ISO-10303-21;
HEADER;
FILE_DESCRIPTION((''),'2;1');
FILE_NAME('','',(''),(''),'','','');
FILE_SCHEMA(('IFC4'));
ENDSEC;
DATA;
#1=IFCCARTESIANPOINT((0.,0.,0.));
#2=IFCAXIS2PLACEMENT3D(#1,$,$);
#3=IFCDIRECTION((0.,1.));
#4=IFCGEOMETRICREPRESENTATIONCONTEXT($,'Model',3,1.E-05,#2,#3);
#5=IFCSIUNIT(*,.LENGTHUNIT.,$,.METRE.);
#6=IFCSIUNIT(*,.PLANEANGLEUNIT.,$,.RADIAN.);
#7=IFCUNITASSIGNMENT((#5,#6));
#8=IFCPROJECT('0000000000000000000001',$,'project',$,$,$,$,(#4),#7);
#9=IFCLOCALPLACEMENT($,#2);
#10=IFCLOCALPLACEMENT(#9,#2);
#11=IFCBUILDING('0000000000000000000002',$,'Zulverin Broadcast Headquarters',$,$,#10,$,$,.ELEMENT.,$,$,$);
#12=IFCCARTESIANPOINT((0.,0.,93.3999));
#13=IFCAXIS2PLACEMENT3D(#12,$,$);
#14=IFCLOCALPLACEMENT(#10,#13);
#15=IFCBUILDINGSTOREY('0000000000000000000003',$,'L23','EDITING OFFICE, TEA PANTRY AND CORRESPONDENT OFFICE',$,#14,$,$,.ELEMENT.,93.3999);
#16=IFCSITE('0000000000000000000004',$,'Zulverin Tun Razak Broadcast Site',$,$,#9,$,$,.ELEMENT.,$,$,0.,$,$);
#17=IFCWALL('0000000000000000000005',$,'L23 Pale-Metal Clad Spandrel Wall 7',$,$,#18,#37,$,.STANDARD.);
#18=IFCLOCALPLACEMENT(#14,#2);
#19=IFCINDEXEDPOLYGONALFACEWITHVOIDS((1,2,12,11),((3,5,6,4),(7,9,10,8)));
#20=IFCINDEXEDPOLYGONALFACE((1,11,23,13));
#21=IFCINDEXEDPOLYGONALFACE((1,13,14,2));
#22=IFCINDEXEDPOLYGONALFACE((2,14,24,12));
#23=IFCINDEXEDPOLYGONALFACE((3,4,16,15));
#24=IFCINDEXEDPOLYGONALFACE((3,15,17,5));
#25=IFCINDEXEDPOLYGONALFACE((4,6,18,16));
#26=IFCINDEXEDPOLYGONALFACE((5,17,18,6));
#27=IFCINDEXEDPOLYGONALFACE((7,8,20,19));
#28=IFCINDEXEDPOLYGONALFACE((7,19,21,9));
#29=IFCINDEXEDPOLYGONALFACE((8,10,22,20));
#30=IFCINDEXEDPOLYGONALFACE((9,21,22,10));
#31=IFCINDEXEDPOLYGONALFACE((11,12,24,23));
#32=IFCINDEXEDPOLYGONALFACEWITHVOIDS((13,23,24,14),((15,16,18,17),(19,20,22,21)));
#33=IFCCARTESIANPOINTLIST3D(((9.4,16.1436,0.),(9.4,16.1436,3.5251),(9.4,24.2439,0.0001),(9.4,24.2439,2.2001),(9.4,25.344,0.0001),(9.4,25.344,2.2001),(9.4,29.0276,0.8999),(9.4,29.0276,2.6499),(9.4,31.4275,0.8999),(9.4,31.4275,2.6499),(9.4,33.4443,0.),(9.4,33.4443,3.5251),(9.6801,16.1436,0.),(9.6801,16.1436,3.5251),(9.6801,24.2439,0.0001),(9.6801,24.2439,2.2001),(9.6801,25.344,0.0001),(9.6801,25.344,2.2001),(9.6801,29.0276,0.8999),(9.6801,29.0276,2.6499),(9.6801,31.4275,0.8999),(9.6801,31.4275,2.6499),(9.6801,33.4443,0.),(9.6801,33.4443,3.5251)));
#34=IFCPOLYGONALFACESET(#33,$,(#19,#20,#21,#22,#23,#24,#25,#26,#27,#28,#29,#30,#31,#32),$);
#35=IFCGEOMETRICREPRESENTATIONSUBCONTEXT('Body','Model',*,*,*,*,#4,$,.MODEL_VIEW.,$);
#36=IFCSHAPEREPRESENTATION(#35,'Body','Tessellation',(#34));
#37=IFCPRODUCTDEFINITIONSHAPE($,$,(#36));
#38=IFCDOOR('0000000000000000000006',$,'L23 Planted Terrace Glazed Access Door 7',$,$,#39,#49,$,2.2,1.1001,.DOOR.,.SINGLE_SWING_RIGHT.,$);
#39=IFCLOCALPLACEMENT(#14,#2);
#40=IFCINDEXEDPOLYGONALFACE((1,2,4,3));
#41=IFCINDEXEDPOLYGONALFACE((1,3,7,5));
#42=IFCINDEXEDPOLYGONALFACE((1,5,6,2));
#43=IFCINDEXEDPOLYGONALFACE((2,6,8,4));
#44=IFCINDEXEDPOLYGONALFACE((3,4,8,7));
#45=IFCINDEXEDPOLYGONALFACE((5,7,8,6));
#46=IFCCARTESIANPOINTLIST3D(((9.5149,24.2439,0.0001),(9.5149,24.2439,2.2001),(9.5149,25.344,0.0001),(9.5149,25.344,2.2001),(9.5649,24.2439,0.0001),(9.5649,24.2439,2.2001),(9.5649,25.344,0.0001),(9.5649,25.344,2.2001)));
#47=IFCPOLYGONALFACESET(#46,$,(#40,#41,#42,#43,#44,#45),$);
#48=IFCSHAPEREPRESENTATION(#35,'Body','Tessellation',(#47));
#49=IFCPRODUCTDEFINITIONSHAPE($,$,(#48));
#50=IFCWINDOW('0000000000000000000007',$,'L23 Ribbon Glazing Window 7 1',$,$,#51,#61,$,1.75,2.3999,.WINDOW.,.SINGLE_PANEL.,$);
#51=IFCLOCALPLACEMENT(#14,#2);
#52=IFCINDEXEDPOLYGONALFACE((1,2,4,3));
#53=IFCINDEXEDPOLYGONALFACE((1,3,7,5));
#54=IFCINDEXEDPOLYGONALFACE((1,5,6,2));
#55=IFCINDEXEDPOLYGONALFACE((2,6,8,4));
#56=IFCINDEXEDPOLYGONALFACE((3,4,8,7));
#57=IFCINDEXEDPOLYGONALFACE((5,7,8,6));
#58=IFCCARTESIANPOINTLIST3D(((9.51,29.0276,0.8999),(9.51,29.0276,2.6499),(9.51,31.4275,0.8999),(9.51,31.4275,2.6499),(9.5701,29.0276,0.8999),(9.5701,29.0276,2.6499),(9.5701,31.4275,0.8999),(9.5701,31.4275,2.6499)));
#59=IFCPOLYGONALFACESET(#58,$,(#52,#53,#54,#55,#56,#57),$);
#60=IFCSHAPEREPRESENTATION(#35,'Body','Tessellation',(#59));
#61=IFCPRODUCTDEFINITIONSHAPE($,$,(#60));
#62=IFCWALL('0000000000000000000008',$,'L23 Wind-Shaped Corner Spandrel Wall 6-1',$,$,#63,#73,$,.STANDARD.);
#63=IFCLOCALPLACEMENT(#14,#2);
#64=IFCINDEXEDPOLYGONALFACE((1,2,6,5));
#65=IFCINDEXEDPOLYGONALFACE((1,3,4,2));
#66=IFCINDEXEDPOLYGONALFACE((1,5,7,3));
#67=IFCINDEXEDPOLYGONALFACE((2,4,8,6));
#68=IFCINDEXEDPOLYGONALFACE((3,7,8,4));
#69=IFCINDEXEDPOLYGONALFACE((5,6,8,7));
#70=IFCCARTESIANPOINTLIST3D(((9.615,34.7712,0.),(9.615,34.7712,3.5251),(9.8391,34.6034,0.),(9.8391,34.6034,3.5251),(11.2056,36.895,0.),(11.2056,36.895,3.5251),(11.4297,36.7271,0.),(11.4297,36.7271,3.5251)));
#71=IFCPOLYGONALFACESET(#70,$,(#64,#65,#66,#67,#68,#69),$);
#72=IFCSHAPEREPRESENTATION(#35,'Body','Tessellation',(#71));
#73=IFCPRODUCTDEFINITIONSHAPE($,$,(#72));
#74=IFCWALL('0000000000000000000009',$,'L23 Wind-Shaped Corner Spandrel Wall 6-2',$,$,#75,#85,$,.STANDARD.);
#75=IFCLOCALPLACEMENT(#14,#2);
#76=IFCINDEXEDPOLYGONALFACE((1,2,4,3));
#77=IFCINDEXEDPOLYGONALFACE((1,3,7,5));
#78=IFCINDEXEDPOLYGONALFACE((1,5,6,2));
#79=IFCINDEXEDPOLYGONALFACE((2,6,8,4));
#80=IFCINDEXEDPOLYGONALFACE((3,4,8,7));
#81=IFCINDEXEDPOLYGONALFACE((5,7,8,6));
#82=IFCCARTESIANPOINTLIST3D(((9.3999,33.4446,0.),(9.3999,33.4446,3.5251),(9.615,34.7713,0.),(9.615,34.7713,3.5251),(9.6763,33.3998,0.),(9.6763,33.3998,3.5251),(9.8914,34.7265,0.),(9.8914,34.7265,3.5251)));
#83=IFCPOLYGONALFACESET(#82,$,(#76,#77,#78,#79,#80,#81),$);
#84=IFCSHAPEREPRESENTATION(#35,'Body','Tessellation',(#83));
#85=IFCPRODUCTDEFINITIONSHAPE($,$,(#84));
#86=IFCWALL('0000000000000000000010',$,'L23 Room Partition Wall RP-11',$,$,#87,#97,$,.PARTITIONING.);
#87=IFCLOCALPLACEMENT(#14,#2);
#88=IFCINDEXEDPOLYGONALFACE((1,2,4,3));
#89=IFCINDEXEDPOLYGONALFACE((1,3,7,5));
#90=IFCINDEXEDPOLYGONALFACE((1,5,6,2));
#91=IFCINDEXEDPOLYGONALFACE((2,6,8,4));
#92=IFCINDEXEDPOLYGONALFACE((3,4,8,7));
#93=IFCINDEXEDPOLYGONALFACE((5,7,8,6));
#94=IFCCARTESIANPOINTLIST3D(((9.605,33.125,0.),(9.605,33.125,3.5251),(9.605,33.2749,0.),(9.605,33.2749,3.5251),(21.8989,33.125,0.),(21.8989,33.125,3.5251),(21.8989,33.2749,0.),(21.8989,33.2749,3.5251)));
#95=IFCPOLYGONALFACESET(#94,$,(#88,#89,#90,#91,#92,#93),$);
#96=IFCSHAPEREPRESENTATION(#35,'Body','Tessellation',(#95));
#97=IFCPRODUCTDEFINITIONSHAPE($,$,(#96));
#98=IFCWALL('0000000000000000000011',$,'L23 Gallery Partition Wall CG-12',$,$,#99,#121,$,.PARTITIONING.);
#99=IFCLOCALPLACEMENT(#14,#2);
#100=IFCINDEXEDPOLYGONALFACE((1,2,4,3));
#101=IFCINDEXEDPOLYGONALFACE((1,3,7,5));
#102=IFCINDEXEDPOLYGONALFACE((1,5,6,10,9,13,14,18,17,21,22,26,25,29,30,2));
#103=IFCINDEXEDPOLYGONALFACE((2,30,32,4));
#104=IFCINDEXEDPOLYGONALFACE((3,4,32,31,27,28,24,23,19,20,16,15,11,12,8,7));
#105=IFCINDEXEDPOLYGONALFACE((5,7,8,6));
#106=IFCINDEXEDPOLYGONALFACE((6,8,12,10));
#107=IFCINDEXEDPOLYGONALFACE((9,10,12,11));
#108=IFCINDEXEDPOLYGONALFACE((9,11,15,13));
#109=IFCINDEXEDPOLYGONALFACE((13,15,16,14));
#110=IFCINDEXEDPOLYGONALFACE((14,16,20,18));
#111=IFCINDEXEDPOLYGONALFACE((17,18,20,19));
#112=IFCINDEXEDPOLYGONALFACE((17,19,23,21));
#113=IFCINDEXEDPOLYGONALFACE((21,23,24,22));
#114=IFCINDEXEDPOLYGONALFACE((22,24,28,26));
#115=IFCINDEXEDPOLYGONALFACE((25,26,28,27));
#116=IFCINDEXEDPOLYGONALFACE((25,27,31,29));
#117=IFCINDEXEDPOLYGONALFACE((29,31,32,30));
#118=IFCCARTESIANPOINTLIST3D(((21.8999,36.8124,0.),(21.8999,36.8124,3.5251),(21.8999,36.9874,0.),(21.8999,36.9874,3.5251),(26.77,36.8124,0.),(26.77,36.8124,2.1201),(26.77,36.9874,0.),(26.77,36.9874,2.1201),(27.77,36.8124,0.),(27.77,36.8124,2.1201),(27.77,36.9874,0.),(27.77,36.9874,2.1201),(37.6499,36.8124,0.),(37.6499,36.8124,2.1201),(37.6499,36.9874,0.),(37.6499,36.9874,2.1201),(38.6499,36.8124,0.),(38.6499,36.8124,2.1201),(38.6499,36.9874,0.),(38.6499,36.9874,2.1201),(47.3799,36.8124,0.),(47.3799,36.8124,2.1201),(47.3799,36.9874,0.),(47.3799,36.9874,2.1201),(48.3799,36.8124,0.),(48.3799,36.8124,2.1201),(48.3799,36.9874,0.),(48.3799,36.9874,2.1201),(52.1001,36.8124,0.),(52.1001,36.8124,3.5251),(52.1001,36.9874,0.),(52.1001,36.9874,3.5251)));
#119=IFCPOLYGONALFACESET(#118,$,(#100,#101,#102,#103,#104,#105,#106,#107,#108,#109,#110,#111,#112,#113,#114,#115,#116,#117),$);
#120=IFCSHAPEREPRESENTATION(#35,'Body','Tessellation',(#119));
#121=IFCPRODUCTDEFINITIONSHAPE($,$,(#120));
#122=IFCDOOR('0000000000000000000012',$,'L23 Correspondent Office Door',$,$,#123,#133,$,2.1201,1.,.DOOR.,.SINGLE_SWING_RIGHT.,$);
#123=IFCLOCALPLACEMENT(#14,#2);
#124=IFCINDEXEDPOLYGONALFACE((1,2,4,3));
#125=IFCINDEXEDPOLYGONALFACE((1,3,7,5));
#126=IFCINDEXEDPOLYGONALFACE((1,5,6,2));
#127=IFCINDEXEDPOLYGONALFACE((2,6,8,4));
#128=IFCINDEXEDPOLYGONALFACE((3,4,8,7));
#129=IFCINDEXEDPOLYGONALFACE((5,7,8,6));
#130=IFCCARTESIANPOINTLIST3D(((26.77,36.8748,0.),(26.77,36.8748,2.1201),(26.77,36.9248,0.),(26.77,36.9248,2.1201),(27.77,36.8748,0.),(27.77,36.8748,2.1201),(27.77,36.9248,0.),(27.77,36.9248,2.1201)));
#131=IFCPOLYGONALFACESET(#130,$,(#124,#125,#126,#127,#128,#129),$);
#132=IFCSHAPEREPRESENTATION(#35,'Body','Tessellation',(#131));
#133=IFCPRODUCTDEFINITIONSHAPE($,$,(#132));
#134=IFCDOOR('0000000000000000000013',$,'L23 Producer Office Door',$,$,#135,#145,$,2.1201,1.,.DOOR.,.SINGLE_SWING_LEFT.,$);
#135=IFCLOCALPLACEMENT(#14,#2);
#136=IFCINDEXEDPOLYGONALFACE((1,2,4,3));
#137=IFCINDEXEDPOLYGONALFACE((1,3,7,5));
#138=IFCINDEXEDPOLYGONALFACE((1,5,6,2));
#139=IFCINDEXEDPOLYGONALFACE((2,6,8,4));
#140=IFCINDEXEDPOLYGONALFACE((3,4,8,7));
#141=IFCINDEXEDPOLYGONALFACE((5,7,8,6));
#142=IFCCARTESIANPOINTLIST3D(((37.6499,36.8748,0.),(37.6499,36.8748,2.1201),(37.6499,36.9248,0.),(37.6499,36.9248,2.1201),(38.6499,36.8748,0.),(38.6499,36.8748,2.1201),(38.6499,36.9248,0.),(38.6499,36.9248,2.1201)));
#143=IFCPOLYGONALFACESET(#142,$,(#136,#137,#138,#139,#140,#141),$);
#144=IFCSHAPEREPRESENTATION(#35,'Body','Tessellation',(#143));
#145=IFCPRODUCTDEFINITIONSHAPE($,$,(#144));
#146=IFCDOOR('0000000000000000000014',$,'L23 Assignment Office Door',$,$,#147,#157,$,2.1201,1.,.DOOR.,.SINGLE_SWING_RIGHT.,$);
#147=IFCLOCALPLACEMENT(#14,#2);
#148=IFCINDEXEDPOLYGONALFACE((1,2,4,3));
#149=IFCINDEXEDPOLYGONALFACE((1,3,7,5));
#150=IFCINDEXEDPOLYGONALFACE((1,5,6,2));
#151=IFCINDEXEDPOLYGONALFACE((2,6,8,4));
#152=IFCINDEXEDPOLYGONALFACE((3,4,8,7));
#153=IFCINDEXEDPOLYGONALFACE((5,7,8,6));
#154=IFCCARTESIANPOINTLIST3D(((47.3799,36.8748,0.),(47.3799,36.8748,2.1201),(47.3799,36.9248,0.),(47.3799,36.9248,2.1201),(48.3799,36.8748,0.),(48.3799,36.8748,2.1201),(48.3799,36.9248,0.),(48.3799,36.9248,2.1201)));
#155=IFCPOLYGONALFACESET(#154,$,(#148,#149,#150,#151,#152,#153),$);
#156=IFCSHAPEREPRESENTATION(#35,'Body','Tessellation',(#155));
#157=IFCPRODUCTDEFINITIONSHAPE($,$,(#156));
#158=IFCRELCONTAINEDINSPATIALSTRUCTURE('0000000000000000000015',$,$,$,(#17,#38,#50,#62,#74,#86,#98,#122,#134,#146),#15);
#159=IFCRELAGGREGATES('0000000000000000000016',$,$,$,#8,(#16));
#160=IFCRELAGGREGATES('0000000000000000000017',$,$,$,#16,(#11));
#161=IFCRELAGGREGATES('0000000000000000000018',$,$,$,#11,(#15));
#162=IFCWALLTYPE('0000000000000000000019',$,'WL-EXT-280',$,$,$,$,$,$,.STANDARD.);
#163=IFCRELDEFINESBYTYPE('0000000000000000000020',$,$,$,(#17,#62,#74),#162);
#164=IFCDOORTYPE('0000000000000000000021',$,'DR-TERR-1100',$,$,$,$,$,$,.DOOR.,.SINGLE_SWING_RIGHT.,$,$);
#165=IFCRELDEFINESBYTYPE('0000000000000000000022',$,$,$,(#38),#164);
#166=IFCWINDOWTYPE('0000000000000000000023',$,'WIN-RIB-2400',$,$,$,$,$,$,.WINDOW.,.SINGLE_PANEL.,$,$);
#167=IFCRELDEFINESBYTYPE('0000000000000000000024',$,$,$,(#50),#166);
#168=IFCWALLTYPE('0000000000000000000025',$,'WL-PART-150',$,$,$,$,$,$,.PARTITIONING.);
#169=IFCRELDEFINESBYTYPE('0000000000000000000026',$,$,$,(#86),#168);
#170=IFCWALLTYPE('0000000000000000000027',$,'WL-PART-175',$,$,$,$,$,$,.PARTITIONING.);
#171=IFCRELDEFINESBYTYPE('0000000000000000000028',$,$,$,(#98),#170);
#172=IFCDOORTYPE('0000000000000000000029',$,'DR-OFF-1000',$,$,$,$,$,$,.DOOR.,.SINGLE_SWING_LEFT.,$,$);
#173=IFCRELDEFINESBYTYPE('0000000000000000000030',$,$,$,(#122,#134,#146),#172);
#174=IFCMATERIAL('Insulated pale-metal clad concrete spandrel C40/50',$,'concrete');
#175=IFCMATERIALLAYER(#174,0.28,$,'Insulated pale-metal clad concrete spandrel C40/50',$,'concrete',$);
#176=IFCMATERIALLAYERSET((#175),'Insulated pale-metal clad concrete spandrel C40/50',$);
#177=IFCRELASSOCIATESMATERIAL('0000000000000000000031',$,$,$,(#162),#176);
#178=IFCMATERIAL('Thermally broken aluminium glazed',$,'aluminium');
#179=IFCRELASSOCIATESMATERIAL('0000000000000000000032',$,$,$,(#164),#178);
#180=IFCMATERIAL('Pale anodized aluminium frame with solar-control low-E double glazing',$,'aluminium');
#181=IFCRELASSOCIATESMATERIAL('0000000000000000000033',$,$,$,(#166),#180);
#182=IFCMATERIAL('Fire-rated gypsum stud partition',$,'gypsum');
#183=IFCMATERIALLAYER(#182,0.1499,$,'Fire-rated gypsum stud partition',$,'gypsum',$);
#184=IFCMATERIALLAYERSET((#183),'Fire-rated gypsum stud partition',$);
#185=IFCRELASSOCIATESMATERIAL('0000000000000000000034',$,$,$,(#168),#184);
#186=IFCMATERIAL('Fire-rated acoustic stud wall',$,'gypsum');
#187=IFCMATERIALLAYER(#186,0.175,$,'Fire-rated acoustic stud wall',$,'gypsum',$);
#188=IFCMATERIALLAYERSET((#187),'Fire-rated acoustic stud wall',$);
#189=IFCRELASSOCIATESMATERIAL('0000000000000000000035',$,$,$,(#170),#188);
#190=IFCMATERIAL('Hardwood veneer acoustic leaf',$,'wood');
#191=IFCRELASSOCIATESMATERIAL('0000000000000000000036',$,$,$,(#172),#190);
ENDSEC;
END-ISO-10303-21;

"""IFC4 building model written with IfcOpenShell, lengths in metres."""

from ifc_helpers import new_model, si_unit, direction, frame, frame_2d, origin, place, context, subcontext, project, spatial, rectangle, extrude, material, layer, layer_set, type_object, element, fill, save


model = new_model("IFC4")

# Units and contexts
model_context = context("Model", 3, precision=1e-05, world=origin(), true_north=direction((0.0, 1.0)))
body_context = subcontext(model_context, "Body", "Model", "MODEL_VIEW")
ifc_project = project(units=[si_unit("LENGTHUNIT", "METRE"), si_unit("PLANEANGLEUNIT", "RADIAN")], contexts=[model_context])

# Site, building, storey
site_placement = place(None, origin())
site = spatial("IfcSite", under=ifc_project, at=site_placement, Name="Zulverin Tun Razak Broadcast Site", CompositionType="ELEMENT", RefElevation=0.0)
building_placement = place(site_placement, origin())
building = spatial("IfcBuilding", under=site, at=building_placement, Name="Zulverin Broadcast Headquarters", CompositionType="ELEMENT")
storey_placement = place(building_placement, frame((0.0, 0.0, 93.3999)))
storey = spatial("IfcBuildingStorey", under=building, at=storey_placement, Name="L23", Description="EDITING OFFICE, TEA PANTRY AND CORRESPONDENT OFFICE", CompositionType="ELEMENT", Elevation=93.3999)

# Wall, openings, door, window
ifc_material_1 = material(Name="Insulated pale-metal clad concrete spandrel C40/50", Category="concrete")
ifc_layer_1 = layer(ifc_material_1, 0.28, Name="Insulated pale-metal clad concrete spandrel C40/50", Category="concrete")
ifc_layer_set_1 = layer_set([ifc_layer_1], Name="Insulated pale-metal clad concrete spandrel C40/50")
wall_type_1 = type_object("IfcWallType", Name="WL-EXT-280", PredefinedType="STANDARD", material=ifc_layer_set_1)
wall_1_placement = place(storey_placement, frame((9.54, 33.4443, 0.0), z_axis=(0.0, 0.0, 1.0), x_axis=(0.0, -1.0, 0.0)))
wall_1 = element("IfcWall", 1, at=wall_1_placement, inside=storey, type_object=wall_type_1, Name="L23 Pale-Metal Clad Spandrel Wall 7", PredefinedType="STANDARD", context=body_context, shape_type="SweptSolid", body=[
    extrude(rectangle(XDim=17.3008, YDim=0.28, at=frame_2d((8.6504, 0.0))), origin(), (0.0, 0.0, 1.0), 3.5251),
])
opening_1_placement = place(wall_1_placement, frame((8.1003, 0.0, 0.0)))
opening_1 = element("IfcOpeningElement", 2, at=opening_1_placement, cuts=wall_1, PredefinedType="OPENING", context=body_context, shape_type="SweptSolid", body=[
    extrude(rectangle(XDim=1.1001, YDim=2.2, at=frame_2d((0.55, 1.1001))), frame((0.0, 0.1499, 0.0), z_axis=(0.0, -1.0, 0.0), x_axis=(1.0, 0.0, 0.0)), (0.0, 0.0, 1.0), 0.3),
])
opening_2_placement = place(wall_1_placement, frame((2.0168, 0.0, 0.8999)))
opening_2 = element("IfcOpeningElement", 3, at=opening_2_placement, cuts=wall_1, PredefinedType="OPENING", context=body_context, shape_type="SweptSolid", body=[
    extrude(rectangle(XDim=2.3999, YDim=1.75, at=frame_2d((1.2, 0.875))), frame((0.0, 0.1499, 0.0), z_axis=(0.0, -1.0, 0.0), x_axis=(1.0, 0.0, 0.0)), (0.0, 0.0, 1.0), 0.3),
])
ifc_material_2 = material(Name="Thermally broken aluminium glazed", Category="aluminium")
door_type_1 = type_object("IfcDoorType", Name="DR-TERR-1100", OperationType="SINGLE_SWING_RIGHT", PredefinedType="DOOR", material=ifc_material_2)
door_1_placement = place(opening_1_placement, origin())
door_1 = element("IfcDoor", 4, at=door_1_placement, inside=storey, type_object=door_type_1, Name="L23 Planted Terrace Glazed Access Door 7", OperationType="SINGLE_SWING_RIGHT", OverallHeight=2.2, OverallWidth=1.1001, PredefinedType="DOOR", context=body_context, shape_type="SweptSolid", body=[
    extrude(rectangle(XDim=1.1001, YDim=2.2, at=frame_2d((0.55, 1.1001))), frame((0.0, 0.0249, 0.0), z_axis=(0.0, -1.0, 0.0), x_axis=(1.0, 0.0, 0.0)), (0.0, 0.0, 1.0), 0.05),
])
fill(opening_1, door_1)
ifc_material_3 = material(Name="Pale anodized aluminium frame with solar-control low-E double glazing", Category="aluminium")
window_type = type_object("IfcWindowType", Name="WIN-RIB-2400", PartitioningType="SINGLE_PANEL", PredefinedType="WINDOW", material=ifc_material_3)
window_placement = place(opening_2_placement, origin())
window = element("IfcWindow", 5, at=window_placement, inside=storey, type_object=window_type, Name="L23 Ribbon Glazing Window 7 1", OverallHeight=1.75, OverallWidth=2.3999, PartitioningType="SINGLE_PANEL", PredefinedType="WINDOW", context=body_context, shape_type="SweptSolid", body=[
    extrude(rectangle(XDim=2.3999, YDim=1.75, at=frame_2d((1.2, 0.875))), frame((0.0, 0.03, 0.0), z_axis=(0.0, -1.0, 0.0), x_axis=(1.0, 0.0, 0.0)), (0.0, 0.0, 1.0), 0.0601),
])
fill(opening_2, window)

# Walls
wall_2_placement = place(storey_placement, frame((11.3176, 36.811, 0.0), z_axis=(0.0, 0.0, 1.0), x_axis=(-0.599455, -0.800408, 0.0)))
element("IfcWall", 6, at=wall_2_placement, inside=storey, type_object=wall_type_1, Name="L23 Wind-Shaped Corner Spandrel Wall 6-1", PredefinedType="STANDARD", context=body_context, shape_type="SweptSolid", body=[
    extrude(rectangle(XDim=2.6533, YDim=0.28, at=frame_2d((1.3267, 0.0))), origin(), (0.0, 0.0, 1.0), 3.5251),
])
wall_3_placement = place(storey_placement, frame((9.7532, 34.7488, 0.0), z_axis=(0.0, 0.0, 1.0), x_axis=(-0.160038, -0.987111, 0.0)))
element("IfcWall", 7, at=wall_3_placement, inside=storey, type_object=wall_type_1, Name="L23 Wind-Shaped Corner Spandrel Wall 6-2", PredefinedType="STANDARD", context=body_context, shape_type="SweptSolid", body=[
    extrude(rectangle(XDim=1.344, YDim=0.28, at=frame_2d((0.6719, 0.0))), origin(), (0.0, 0.0, 1.0), 3.5251),
])
ifc_material_4 = material(Name="Fire-rated gypsum stud partition", Category="gypsum")
ifc_layer_2 = layer(ifc_material_4, 0.1499, Name="Fire-rated gypsum stud partition", Category="gypsum")
ifc_layer_set_2 = layer_set([ifc_layer_2], Name="Fire-rated gypsum stud partition")
wall_type_2 = type_object("IfcWallType", Name="WL-PART-150", PredefinedType="PARTITIONING", material=ifc_layer_set_2)
wall_4_placement = place(storey_placement, frame((9.605, 33.2, 0.0), z_axis=(0.0, 0.0, 1.0), x_axis=(1.0, 0.0, 0.0)))
element("IfcWall", 8, at=wall_4_placement, inside=storey, type_object=wall_type_2, Name="L23 Room Partition Wall RP-11", PredefinedType="PARTITIONING", context=body_context, shape_type="SweptSolid", body=[
    extrude(rectangle(XDim=12.2939, YDim=0.1499, at=frame_2d((6.147, 0.0))), origin(), (0.0, 0.0, 1.0), 3.5251),
])

# Wall, openings, doors
ifc_material_5 = material(Name="Fire-rated acoustic stud wall", Category="gypsum")
ifc_layer_3 = layer(ifc_material_5, 0.175, Name="Fire-rated acoustic stud wall", Category="gypsum")
ifc_layer_set_3 = layer_set([ifc_layer_3], Name="Fire-rated acoustic stud wall")
wall_type_3 = type_object("IfcWallType", Name="WL-PART-175", PredefinedType="PARTITIONING", material=ifc_layer_set_3)
wall_5_placement = place(storey_placement, frame((21.8999, 36.8999, 0.0), z_axis=(0.0, 0.0, 1.0), x_axis=(1.0, 0.0, 0.0)))
wall_5 = element("IfcWall", 9, at=wall_5_placement, inside=storey, type_object=wall_type_3, Name="L23 Gallery Partition Wall CG-12", PredefinedType="PARTITIONING", context=body_context, shape_type="SweptSolid", body=[
    extrude(rectangle(XDim=30.2002, YDim=0.175, at=frame_2d((15.1001, 0.0))), origin(), (0.0, 0.0, 1.0), 3.5251),
])
opening_3_placement = place(wall_5_placement, frame((4.8701, 0.0, 0.0)))
opening_3 = element("IfcOpeningElement", 10, at=opening_3_placement, cuts=wall_5, PredefinedType="OPENING", context=body_context, shape_type="SweptSolid", body=[
    extrude(rectangle(XDim=1.0, YDim=2.1201, at=frame_2d((0.5, 1.0601))), frame((0.0, 0.0974, 0.0), z_axis=(0.0, -1.0, 0.0), x_axis=(1.0, 0.0, 0.0)), (0.0, 0.0, 1.0), 0.1951),
])
opening_4_placement = place(wall_5_placement, frame((15.75, 0.0, 0.0)))
opening_4 = element("IfcOpeningElement", 11, at=opening_4_placement, cuts=wall_5, PredefinedType="OPENING", context=body_context, shape_type="SweptSolid", body=[
    extrude(rectangle(XDim=1.0, YDim=2.1201, at=frame_2d((0.5, 1.0601))), frame((0.0, 0.0974, 0.0), z_axis=(0.0, -1.0, 0.0), x_axis=(1.0, 0.0, 0.0)), (0.0, 0.0, 1.0), 0.1951),
])
opening_5_placement = place(wall_5_placement, frame((25.48, 0.0, 0.0)))
opening_5 = element("IfcOpeningElement", 12, at=opening_5_placement, cuts=wall_5, PredefinedType="OPENING", context=body_context, shape_type="SweptSolid", body=[
    extrude(rectangle(XDim=1.0, YDim=2.1201, at=frame_2d((0.5, 1.0601))), frame((0.0, 0.0974, 0.0), z_axis=(0.0, -1.0, 0.0), x_axis=(1.0, 0.0, 0.0)), (0.0, 0.0, 1.0), 0.1951),
])
ifc_material_6 = material(Name="Hardwood veneer acoustic leaf", Category="wood")
door_type_2 = type_object("IfcDoorType", Name="DR-OFF-1000", OperationType="SINGLE_SWING_LEFT", PredefinedType="DOOR", material=ifc_material_6)
door_2_placement = place(opening_3_placement, origin())
door_2 = element("IfcDoor", 13, at=door_2_placement, inside=storey, type_object=door_type_2, Name="L23 Correspondent Office Door", OperationType="SINGLE_SWING_RIGHT", OverallHeight=2.1201, OverallWidth=1.0, PredefinedType="DOOR", context=body_context, shape_type="SweptSolid", body=[
    extrude(rectangle(XDim=1.0, YDim=2.1201, at=frame_2d((0.5, 1.0601))), frame((0.0, 0.0249, 0.0), z_axis=(0.0, -1.0, 0.0), x_axis=(1.0, 0.0, 0.0)), (0.0, 0.0, 1.0), 0.05),
])
fill(opening_3, door_2)
door_3_placement = place(opening_4_placement, origin())
door_3 = element("IfcDoor", 14, at=door_3_placement, inside=storey, type_object=door_type_2, Name="L23 Producer Office Door", OperationType="SINGLE_SWING_LEFT", OverallHeight=2.1201, OverallWidth=1.0, PredefinedType="DOOR", context=body_context, shape_type="SweptSolid", body=[
    extrude(rectangle(XDim=1.0, YDim=2.1201, at=frame_2d((0.5, 1.0601))), frame((0.0, 0.0249, 0.0), z_axis=(0.0, -1.0, 0.0), x_axis=(1.0, 0.0, 0.0)), (0.0, 0.0, 1.0), 0.05),
])
fill(opening_4, door_3)
door_4_placement = place(opening_5_placement, origin())
door_4 = element("IfcDoor", 15, at=door_4_placement, inside=storey, type_object=door_type_2, Name="L23 Assignment Office Door", OperationType="SINGLE_SWING_RIGHT", OverallHeight=2.1201, OverallWidth=1.0, PredefinedType="DOOR", context=body_context, shape_type="SweptSolid", body=[
    extrude(rectangle(XDim=1.0, YDim=2.1201, at=frame_2d((0.5, 1.0601))), frame((0.0, 0.0249, 0.0), z_axis=(0.0, -1.0, 0.0), x_axis=(1.0, 0.0, 0.0)), (0.0, 0.0, 1.0), 0.05),
])
fill(opening_5, door_4)

save(model, "model.ifc")
